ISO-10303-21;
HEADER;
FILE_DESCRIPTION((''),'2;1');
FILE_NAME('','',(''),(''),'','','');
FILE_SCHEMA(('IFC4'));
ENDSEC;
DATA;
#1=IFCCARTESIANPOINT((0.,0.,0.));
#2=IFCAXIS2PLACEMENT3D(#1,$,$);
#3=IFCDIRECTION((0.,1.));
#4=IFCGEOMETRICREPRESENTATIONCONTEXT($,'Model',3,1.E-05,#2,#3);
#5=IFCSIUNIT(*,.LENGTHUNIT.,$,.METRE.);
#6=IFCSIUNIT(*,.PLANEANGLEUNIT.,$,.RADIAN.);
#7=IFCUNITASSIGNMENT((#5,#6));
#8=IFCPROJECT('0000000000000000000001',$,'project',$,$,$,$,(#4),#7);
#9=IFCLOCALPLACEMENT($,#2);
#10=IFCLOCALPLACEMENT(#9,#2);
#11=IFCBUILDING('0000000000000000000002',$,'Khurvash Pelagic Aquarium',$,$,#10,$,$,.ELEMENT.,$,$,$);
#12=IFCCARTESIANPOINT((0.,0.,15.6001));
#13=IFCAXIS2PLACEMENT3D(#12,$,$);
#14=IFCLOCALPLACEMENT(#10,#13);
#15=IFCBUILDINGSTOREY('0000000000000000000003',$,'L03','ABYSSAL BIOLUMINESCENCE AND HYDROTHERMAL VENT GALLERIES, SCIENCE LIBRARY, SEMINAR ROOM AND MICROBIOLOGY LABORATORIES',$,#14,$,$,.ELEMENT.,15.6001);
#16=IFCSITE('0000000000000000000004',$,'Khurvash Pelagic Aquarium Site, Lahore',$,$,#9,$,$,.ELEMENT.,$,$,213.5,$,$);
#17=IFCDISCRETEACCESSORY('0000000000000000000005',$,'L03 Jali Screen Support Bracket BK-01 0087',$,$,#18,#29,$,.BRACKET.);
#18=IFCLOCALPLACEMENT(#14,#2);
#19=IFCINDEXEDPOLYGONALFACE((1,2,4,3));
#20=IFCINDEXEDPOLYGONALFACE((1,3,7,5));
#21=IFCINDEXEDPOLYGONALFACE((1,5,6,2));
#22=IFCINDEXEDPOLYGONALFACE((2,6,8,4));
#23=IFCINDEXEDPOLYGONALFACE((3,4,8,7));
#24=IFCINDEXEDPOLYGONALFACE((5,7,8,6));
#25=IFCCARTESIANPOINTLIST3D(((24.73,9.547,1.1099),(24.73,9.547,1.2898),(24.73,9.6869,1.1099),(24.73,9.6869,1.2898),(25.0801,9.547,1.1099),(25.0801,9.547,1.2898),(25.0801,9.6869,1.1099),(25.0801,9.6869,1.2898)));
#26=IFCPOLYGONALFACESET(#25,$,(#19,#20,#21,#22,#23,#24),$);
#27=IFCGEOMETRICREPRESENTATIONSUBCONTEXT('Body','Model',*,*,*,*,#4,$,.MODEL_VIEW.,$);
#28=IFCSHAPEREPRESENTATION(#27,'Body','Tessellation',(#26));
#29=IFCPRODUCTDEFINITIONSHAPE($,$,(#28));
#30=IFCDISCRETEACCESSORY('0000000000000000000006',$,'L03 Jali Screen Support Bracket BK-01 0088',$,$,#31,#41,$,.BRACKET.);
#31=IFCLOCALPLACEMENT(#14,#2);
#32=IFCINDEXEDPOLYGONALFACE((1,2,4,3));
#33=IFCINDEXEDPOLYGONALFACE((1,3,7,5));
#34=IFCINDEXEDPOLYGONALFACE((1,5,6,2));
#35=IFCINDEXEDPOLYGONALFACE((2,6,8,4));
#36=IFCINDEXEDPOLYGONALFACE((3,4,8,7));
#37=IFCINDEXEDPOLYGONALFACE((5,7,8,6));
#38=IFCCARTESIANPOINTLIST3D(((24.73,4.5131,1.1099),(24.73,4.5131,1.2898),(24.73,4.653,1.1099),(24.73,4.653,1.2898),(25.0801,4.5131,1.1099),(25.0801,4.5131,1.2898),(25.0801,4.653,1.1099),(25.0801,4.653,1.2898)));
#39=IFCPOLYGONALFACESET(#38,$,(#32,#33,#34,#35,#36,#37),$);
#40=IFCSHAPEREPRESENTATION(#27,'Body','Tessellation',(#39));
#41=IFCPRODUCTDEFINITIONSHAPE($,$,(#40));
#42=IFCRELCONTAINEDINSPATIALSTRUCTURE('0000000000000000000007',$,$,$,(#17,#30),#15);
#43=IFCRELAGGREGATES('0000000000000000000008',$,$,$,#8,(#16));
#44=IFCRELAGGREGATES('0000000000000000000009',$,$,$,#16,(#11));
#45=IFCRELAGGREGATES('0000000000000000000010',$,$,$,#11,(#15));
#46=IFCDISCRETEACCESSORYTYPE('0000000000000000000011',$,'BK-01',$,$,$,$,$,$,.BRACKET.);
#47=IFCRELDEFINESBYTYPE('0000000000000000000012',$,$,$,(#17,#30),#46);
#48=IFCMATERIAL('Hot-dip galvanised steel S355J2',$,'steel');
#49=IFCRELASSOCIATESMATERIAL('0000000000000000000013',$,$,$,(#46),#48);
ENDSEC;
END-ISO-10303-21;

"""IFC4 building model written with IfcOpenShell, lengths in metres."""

from ifc_helpers import new_model, si_unit, direction, frame, origin, origin_2d, place, context, subcontext, project, spatial, rectangle, extrude, material, type_object, element, save


model = new_model("IFC4")

# Units and contexts
model_context = context("Model", 3, precision=1e-05, world=origin(), true_north=direction((0.0, 1.0)))
body_context = subcontext(model_context, "Body", "Model", "MODEL_VIEW")
ifc_project = project(units=[si_unit("LENGTHUNIT", "METRE"), si_unit("PLANEANGLEUNIT", "RADIAN")], contexts=[model_context])

# Site, building, storey
site_placement = place(None, origin())
site = spatial("IfcSite", under=ifc_project, at=site_placement, Name="Khurvash Pelagic Aquarium Site, Lahore", CompositionType="ELEMENT", RefElevation=213.5)
building_placement = place(site_placement, origin())
building = spatial("IfcBuilding", under=site, at=building_placement, Name="Khurvash Pelagic Aquarium", CompositionType="ELEMENT")
storey_placement = place(building_placement, frame((0.0, 0.0, 15.6001)))
storey = spatial("IfcBuildingStorey", under=building, at=storey_placement, Name="L03", Description="ABYSSAL BIOLUMINESCENCE AND HYDROTHERMAL VENT GALLERIES, SCIENCE LIBRARY, SEMINAR ROOM AND MICROBIOLOGY LABORATORIES", CompositionType="ELEMENT", Elevation=15.6001)

# Discrete accessories
ifc_material_1 = material(Name="Hot-dip galvanised steel S355J2", Category="steel")
discrete_accessory_type = type_object("IfcDiscreteAccessoryType", Name="BK-01", PredefinedType="BRACKET", material=ifc_material_1)
for number, where, z_axis, x_axis, name in (
    (1, (24.905, 9.6169, 1.1099), (0.0, 0.0, 1.0), (0.0, -1.0, 0.0), "L03 Jali Screen Support Bracket BK-01 0087"),
    (2, (24.905, 4.583, 1.1099), (0.0, 0.0, 1.0), (0.0, -1.0, 0.0), "L03 Jali Screen Support Bracket BK-01 0088"),
):
    element("IfcDiscreteAccessory", number, at=place(storey_placement, frame(where, z_axis=z_axis, x_axis=x_axis)), inside=storey, type_object=discrete_accessory_type, Name=name, PredefinedType="BRACKET", context=body_context, shape_type="SweptSolid", body=[
        extrude(rectangle(XDim=0.1399, YDim=0.3501, at=origin_2d()), origin(), (0.0, 0.0, 1.0), 0.1799),
    ])

save(model, "model.ifc")
